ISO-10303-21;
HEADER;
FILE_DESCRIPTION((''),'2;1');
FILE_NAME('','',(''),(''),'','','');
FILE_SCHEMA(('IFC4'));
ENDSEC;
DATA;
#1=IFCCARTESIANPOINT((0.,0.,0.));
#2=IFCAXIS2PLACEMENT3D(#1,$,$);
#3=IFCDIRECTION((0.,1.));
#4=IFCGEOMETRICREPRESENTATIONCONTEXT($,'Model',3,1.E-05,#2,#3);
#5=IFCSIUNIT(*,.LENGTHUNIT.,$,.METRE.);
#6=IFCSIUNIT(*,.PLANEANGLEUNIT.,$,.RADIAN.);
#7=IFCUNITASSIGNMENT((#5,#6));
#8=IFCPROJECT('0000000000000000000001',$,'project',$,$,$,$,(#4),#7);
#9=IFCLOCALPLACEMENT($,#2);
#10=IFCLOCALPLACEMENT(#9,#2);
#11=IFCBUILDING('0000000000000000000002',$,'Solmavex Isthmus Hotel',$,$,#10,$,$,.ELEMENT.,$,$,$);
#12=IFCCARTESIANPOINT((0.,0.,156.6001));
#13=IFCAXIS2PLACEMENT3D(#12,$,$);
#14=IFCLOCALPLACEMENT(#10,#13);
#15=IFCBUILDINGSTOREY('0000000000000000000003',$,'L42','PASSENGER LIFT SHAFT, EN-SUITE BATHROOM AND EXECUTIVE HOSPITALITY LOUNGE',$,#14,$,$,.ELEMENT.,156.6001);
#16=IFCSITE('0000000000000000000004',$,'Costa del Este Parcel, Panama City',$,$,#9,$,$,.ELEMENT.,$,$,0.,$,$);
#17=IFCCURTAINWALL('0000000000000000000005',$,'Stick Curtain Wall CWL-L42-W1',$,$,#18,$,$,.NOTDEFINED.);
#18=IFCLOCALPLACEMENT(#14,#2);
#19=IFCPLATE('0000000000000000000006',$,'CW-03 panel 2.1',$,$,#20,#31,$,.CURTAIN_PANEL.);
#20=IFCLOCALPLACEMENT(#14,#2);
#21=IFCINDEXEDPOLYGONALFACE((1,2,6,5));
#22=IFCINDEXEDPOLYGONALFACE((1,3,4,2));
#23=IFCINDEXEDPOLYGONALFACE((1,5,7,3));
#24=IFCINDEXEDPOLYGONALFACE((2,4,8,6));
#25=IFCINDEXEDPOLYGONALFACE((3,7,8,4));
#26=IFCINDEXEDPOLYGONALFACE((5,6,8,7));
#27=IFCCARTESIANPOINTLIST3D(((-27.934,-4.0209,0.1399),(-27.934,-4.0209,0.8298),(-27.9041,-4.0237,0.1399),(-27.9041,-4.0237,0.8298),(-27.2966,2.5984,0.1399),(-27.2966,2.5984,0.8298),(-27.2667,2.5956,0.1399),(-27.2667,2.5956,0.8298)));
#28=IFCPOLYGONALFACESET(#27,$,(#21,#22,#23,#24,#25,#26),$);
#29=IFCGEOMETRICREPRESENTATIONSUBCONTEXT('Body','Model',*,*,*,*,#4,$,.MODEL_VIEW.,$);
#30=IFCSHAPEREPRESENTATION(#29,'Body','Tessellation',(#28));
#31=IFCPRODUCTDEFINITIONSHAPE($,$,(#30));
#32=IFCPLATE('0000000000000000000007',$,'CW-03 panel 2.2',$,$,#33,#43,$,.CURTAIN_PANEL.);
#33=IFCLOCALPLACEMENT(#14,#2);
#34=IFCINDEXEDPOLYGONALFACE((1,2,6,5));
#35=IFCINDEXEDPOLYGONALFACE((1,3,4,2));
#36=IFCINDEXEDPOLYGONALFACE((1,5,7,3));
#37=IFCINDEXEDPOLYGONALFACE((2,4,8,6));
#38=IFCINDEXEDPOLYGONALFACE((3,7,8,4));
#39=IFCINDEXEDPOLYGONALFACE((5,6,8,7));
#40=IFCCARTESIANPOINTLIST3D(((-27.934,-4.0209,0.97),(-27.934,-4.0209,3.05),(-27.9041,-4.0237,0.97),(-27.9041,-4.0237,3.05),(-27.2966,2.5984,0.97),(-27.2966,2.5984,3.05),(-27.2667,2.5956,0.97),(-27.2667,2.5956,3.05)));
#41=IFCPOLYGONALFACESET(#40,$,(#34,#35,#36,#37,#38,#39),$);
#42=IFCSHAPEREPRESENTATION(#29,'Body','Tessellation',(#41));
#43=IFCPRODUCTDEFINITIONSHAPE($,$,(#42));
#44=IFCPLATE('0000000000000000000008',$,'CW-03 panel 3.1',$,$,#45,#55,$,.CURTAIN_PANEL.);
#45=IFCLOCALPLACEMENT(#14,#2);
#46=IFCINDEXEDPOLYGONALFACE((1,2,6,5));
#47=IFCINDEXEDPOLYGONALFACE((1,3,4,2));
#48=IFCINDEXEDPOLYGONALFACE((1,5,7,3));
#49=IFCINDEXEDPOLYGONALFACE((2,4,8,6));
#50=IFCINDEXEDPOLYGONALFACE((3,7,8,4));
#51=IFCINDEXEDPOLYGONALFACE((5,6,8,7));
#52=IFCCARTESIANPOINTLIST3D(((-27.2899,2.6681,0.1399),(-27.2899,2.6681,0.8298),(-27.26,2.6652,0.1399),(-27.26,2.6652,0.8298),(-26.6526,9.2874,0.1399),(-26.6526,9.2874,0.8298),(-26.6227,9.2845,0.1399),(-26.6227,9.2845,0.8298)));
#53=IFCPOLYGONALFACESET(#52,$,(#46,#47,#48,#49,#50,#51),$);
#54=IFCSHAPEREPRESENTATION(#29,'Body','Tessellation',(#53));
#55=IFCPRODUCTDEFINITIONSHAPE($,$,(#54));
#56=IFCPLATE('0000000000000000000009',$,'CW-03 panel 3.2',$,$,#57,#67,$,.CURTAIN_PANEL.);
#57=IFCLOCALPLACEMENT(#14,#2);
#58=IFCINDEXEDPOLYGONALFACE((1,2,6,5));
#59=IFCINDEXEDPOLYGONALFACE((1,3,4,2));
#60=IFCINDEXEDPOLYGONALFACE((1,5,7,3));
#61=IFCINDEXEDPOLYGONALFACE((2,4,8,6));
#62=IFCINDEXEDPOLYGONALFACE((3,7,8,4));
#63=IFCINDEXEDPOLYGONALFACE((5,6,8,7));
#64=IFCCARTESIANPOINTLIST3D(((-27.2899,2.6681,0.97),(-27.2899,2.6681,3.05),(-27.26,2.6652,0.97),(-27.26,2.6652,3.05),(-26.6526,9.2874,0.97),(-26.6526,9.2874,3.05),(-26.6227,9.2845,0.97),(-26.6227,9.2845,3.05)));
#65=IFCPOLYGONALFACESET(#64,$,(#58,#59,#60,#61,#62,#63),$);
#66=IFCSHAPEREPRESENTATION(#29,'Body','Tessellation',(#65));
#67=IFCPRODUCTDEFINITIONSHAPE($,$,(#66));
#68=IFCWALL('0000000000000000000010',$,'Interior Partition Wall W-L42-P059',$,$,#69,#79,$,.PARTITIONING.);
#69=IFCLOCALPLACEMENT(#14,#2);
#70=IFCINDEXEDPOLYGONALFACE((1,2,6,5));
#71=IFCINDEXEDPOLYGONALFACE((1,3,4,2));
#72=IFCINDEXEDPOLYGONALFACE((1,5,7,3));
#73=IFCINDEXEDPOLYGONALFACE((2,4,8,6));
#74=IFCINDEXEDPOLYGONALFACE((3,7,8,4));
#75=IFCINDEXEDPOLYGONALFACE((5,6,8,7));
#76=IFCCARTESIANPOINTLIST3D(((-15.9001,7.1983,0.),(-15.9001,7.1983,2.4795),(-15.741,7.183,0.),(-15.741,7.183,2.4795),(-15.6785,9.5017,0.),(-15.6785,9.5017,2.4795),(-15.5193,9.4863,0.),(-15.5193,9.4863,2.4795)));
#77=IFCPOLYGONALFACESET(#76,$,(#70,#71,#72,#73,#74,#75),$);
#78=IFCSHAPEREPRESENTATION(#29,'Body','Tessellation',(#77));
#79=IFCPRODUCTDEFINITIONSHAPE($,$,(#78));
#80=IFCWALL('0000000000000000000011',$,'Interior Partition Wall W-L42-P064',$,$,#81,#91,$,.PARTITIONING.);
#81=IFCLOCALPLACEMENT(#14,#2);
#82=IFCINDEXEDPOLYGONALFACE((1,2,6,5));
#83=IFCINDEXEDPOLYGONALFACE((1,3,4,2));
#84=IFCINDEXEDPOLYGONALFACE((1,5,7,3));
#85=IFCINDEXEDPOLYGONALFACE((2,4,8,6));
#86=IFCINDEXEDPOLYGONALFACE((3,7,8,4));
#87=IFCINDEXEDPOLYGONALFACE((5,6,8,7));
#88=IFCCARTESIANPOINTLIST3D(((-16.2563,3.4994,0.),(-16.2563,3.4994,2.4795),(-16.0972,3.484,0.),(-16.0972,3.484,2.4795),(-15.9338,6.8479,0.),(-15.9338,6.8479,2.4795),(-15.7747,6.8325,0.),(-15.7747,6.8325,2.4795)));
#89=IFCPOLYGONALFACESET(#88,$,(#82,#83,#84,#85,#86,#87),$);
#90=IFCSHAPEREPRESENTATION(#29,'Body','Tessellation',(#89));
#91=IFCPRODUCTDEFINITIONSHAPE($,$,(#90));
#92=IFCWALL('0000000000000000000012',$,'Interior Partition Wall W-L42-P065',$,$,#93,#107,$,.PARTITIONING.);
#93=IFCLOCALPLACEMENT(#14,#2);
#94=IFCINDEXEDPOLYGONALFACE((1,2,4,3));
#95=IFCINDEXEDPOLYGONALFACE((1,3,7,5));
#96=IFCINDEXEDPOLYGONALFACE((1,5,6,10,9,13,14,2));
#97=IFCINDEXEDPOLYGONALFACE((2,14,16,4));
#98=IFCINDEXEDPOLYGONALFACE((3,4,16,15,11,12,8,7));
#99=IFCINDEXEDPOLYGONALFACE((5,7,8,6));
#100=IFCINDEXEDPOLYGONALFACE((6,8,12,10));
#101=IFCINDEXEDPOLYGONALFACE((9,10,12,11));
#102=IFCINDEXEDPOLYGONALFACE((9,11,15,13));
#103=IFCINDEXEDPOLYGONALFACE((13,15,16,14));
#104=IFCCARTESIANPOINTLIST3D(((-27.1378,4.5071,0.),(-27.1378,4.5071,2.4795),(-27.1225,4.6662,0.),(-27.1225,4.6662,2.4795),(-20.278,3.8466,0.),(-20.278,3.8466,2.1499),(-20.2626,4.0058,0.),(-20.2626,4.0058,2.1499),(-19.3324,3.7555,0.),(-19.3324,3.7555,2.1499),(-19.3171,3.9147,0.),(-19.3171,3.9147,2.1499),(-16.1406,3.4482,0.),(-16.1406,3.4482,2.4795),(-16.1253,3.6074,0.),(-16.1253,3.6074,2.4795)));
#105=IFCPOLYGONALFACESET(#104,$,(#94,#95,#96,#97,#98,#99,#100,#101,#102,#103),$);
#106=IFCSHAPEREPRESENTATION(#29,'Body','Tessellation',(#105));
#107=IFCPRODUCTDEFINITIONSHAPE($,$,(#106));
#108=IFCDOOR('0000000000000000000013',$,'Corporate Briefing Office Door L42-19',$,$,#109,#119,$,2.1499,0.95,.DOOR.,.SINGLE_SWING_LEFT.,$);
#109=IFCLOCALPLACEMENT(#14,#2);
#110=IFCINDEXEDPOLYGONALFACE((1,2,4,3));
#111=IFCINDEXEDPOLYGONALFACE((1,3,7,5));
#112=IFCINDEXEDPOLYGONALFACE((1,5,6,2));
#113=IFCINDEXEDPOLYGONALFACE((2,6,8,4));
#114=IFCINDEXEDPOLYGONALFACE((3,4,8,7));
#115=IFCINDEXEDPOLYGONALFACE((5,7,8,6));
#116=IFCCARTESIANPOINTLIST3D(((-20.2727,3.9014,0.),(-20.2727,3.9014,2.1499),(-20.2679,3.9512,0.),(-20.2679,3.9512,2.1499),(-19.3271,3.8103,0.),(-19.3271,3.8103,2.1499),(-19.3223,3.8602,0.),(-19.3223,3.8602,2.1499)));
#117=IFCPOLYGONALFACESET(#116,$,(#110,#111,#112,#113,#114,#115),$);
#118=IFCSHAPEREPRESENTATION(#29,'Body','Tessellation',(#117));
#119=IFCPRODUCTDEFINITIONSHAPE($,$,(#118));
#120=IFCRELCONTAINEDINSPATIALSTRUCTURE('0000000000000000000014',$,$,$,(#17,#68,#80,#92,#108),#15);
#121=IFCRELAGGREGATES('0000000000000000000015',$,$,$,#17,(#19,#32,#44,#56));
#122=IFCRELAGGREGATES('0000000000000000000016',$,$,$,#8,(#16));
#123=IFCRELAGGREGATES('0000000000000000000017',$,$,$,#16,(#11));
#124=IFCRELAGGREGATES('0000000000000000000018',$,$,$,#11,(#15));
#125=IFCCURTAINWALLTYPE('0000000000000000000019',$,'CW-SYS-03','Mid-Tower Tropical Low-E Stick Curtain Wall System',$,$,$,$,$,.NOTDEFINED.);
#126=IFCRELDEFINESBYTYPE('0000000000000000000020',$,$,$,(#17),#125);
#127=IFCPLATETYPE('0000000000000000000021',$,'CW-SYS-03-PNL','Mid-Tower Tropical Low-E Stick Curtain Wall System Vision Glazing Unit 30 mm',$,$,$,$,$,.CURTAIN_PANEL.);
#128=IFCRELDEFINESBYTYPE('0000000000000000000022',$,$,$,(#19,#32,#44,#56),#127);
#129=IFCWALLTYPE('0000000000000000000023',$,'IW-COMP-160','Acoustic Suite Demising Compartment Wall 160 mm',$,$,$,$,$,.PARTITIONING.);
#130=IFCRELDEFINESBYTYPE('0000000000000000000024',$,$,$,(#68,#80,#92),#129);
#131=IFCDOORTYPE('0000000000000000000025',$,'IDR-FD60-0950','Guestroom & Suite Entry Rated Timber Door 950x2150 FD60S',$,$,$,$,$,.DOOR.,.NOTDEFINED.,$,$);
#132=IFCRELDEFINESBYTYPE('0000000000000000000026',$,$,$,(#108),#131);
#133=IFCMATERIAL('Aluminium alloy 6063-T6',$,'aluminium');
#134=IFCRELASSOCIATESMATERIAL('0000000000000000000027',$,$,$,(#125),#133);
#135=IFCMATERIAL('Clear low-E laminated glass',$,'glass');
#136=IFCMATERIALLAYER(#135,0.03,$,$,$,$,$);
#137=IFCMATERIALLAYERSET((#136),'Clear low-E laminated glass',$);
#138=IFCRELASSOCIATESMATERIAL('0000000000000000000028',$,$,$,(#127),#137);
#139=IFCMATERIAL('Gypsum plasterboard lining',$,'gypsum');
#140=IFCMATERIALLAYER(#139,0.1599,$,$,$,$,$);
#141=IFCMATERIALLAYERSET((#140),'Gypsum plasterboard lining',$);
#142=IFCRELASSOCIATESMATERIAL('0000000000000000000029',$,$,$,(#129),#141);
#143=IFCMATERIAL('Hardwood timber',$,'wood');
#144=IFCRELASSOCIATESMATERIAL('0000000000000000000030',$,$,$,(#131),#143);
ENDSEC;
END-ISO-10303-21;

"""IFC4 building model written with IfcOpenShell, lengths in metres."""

from ifc_helpers import new_model, si_unit, direction, frame, frame_2d, origin, origin_2d, place, context, subcontext, project, spatial, rectangle, extrude, material, layer, layer_set, type_object, element, fill, aggregate, save


model = new_model("IFC4")

# Units and contexts
model_context = context("Model", 3, precision=1e-05, world=origin(), true_north=direction((0.0, 1.0)))
body_context = subcontext(model_context, "Body", "Model", "MODEL_VIEW")
ifc_project = project(units=[si_unit("LENGTHUNIT", "METRE"), si_unit("PLANEANGLEUNIT", "RADIAN")], contexts=[model_context])

# Site, building, storey
site_placement = place(None, origin())
site = spatial("IfcSite", under=ifc_project, at=site_placement, Name="Costa del Este Parcel, Panama City", CompositionType="ELEMENT", RefElevation=0.0)
building_placement = place(site_placement, origin())
building = spatial("IfcBuilding", under=site, at=building_placement, Name="Solmavex Isthmus Hotel", CompositionType="ELEMENT")
storey_placement = place(building_placement, frame((0.0, 0.0, 156.6001)))
storey = spatial("IfcBuildingStorey", under=building, at=storey_placement, Name="L42", Description="PASSENGER LIFT SHAFT, EN-SUITE BATHROOM AND EXECUTIVE HOSPITALITY LOUNGE", CompositionType="ELEMENT", Elevation=156.6001)

# Curtain wall, plates
ifc_material_1 = material(Name="Aluminium alloy 6063-T6", Category="aluminium")
curtain_wall_type = type_object("IfcCurtainWallType", Name="CW-SYS-03", Description="Mid-Tower Tropical Low-E Stick Curtain Wall System", PredefinedType="NOTDEFINED", material=ifc_material_1)
curtain_wall_placement = place(storey_placement, origin())
curtain_wall = element("IfcCurtainWall", 1, at=curtain_wall_placement, inside=storey, type_object=curtain_wall_type, Name="Stick Curtain Wall CWL-L42-W1", PredefinedType="NOTDEFINED")
ifc_material_2 = material(Name="Clear low-E laminated glass", Category="glass")
ifc_layer_1 = layer(ifc_material_2, 0.03)
ifc_layer_set_1 = layer_set([ifc_layer_1], Name="Clear low-E laminated glass")
plate_type = type_object("IfcPlateType", Name="CW-SYS-03-PNL", Description="Mid-Tower Tropical Low-E Stick Curtain Wall System Vision Glazing Unit 30 mm", PredefinedType="CURTAIN_PANEL", material=ifc_layer_set_1)
plate_1_placement = place(storey_placement, frame((-27.6003, -0.7126, 0.1399), z_axis=(0.0, 0.0, 1.0), x_axis=(0.095846, 0.995396, 0.0)))
plate_1 = element("IfcPlate", 2, at=plate_1_placement, type_object=plate_type, Name="CW-03 panel 2.1", PredefinedType="CURTAIN_PANEL", context=body_context, shape_type="SweptSolid", body=[
    extrude(rectangle(XDim=6.6499, YDim=0.03, at=origin_2d()), origin(), (0.0, 0.0, 1.0), 0.6899),
])
plate_2_placement = place(storey_placement, frame((-27.6003, -0.7126, 0.97), z_axis=(0.0, 0.0, 1.0), x_axis=(0.095846, 0.995396, 0.0)))
plate_2 = element("IfcPlate", 3, at=plate_2_placement, type_object=plate_type, Name="CW-03 panel 2.2", PredefinedType="CURTAIN_PANEL", context=body_context, shape_type="SweptSolid", body=[
    extrude(rectangle(XDim=6.6499, YDim=0.03, at=origin_2d()), origin(), (0.0, 0.0, 1.0), 2.0801),
])
plate_3_placement = place(storey_placement, frame((-26.9563, 5.9763, 0.1399), z_axis=(0.0, 0.0, 1.0), x_axis=(0.095846, 0.995396, 0.0)))
plate_3 = element("IfcPlate", 4, at=plate_3_placement, type_object=plate_type, Name="CW-03 panel 3.1", PredefinedType="CURTAIN_PANEL", context=body_context, shape_type="SweptSolid", body=[
    extrude(rectangle(XDim=6.6499, YDim=0.03, at=origin_2d()), origin(), (0.0, 0.0, 1.0), 0.6899),
])
plate_4_placement = place(storey_placement, frame((-26.9563, 5.9763, 0.97), z_axis=(0.0, 0.0, 1.0), x_axis=(0.095846, 0.995396, 0.0)))
plate_4 = element("IfcPlate", 5, at=plate_4_placement, type_object=plate_type, Name="CW-03 panel 3.2", PredefinedType="CURTAIN_PANEL", context=body_context, shape_type="SweptSolid", body=[
    extrude(rectangle(XDim=6.6499, YDim=0.03, at=origin_2d()), origin(), (0.0, 0.0, 1.0), 2.0801),
])
aggregate(curtain_wall, [plate_1, plate_2, plate_3, plate_4])

# Walls
ifc_material_3 = material(Name="Gypsum plasterboard lining", Category="gypsum")
ifc_layer_2 = layer(ifc_material_3, 0.1599)
ifc_layer_set_2 = layer_set([ifc_layer_2], Name="Gypsum plasterboard lining")
wall_type_1 = type_object("IfcWallType", Name="IW-COMP-160", Description="Acoustic Suite Demising Compartment Wall 160 mm", PredefinedType="PARTITIONING", material=ifc_layer_set_2)
wall_1_placement = place(storey_placement, frame((-15.8206, 7.1907, 0.0), z_axis=(0.0, 0.0, 1.0), x_axis=(0.095805, 0.9954, 0.0)))
element("IfcWall", 6, at=wall_1_placement, inside=storey, type_object=wall_type_1, Name="Interior Partition Wall W-L42-P059", PredefinedType="PARTITIONING", context=body_context, shape_type="SweptSolid", body=[
    extrude(rectangle(XDim=2.314, YDim=0.1599, at=frame_2d((1.157, 0.0))), origin(), (0.0, 0.0, 1.0), 2.4795),
])
wall_2_placement = place(storey_placement, frame((-15.8542, 6.8403, 0.0), z_axis=(0.0, 0.0, 1.0), x_axis=(-0.095867, -0.995394, 0.0)))
element("IfcWall", 7, at=wall_2_placement, inside=storey, type_object=wall_type_1, Name="Interior Partition Wall W-L42-P064", PredefinedType="PARTITIONING", context=body_context, shape_type="SweptSolid", body=[
    extrude(rectangle(XDim=3.364, YDim=0.1599, at=frame_2d((1.6821, 0.0))), origin(), (0.0, 0.0, 1.0), 2.4795),
])

# Wall, opening, door
wall_3_placement = place(storey_placement, frame((-16.1331, 3.5278, 0.0), z_axis=(0.0, 0.0, 1.0), x_axis=(-0.995397, 0.095838, 0.0)))
wall_3 = element("IfcWall", 8, at=wall_3_placement, inside=storey, type_object=wall_type_1, Name="Interior Partition Wall W-L42-P065", PredefinedType="PARTITIONING", context=body_context, shape_type="SweptSolid", body=[
    extrude(rectangle(XDim=11.0481, YDim=0.1599, at=frame_2d((5.5239, 0.0))), origin(), (0.0, 0.0, 1.0), 2.4795),
])
opening_1_placement = place(wall_3_placement, frame((3.2063, 0.0, 0.0)))
opening_1 = element("IfcOpeningElement", 9, at=opening_1_placement, cuts=wall_3, PredefinedType="OPENING", context=body_context, shape_type="SweptSolid", body=[
    extrude(rectangle(XDim=0.95, YDim=2.1499, at=frame_2d((0.4751, 1.075))), frame((0.0, 0.0898, 0.0), z_axis=(0.0, -1.0, 0.0), x_axis=(1.0, 0.0, 0.0)), (0.0, 0.0, 1.0), 0.1799),
])
ifc_material_4 = material(Name="Hardwood timber", Category="wood")
door_type_1 = type_object("IfcDoorType", Name="IDR-FD60-0950", Description="Guestroom & Suite Entry Rated Timber Door 950x2150 FD60S", OperationType="NOTDEFINED", PredefinedType="DOOR", material=ifc_material_4)
door_1_placement = place(opening_1_placement, origin())
door_1 = element("IfcDoor", 10, at=door_1_placement, inside=storey, type_object=door_type_1, Name="Corporate Briefing Office Door L42-19", OperationType="SINGLE_SWING_LEFT", OverallHeight=2.1499, OverallWidth=0.95, PredefinedType="DOOR", context=body_context, shape_type="SweptSolid", body=[
    extrude(rectangle(XDim=0.95, YDim=2.1499, at=frame_2d((0.4751, 1.075))), frame((0.0, 0.0249, 0.0), z_axis=(0.0, -1.0, 0.0), x_axis=(1.0, 0.0, 0.0)), (0.0, 0.0, 1.0), 0.05),
])
fill(opening_1, door_1)

save(model, "model.ifc")
